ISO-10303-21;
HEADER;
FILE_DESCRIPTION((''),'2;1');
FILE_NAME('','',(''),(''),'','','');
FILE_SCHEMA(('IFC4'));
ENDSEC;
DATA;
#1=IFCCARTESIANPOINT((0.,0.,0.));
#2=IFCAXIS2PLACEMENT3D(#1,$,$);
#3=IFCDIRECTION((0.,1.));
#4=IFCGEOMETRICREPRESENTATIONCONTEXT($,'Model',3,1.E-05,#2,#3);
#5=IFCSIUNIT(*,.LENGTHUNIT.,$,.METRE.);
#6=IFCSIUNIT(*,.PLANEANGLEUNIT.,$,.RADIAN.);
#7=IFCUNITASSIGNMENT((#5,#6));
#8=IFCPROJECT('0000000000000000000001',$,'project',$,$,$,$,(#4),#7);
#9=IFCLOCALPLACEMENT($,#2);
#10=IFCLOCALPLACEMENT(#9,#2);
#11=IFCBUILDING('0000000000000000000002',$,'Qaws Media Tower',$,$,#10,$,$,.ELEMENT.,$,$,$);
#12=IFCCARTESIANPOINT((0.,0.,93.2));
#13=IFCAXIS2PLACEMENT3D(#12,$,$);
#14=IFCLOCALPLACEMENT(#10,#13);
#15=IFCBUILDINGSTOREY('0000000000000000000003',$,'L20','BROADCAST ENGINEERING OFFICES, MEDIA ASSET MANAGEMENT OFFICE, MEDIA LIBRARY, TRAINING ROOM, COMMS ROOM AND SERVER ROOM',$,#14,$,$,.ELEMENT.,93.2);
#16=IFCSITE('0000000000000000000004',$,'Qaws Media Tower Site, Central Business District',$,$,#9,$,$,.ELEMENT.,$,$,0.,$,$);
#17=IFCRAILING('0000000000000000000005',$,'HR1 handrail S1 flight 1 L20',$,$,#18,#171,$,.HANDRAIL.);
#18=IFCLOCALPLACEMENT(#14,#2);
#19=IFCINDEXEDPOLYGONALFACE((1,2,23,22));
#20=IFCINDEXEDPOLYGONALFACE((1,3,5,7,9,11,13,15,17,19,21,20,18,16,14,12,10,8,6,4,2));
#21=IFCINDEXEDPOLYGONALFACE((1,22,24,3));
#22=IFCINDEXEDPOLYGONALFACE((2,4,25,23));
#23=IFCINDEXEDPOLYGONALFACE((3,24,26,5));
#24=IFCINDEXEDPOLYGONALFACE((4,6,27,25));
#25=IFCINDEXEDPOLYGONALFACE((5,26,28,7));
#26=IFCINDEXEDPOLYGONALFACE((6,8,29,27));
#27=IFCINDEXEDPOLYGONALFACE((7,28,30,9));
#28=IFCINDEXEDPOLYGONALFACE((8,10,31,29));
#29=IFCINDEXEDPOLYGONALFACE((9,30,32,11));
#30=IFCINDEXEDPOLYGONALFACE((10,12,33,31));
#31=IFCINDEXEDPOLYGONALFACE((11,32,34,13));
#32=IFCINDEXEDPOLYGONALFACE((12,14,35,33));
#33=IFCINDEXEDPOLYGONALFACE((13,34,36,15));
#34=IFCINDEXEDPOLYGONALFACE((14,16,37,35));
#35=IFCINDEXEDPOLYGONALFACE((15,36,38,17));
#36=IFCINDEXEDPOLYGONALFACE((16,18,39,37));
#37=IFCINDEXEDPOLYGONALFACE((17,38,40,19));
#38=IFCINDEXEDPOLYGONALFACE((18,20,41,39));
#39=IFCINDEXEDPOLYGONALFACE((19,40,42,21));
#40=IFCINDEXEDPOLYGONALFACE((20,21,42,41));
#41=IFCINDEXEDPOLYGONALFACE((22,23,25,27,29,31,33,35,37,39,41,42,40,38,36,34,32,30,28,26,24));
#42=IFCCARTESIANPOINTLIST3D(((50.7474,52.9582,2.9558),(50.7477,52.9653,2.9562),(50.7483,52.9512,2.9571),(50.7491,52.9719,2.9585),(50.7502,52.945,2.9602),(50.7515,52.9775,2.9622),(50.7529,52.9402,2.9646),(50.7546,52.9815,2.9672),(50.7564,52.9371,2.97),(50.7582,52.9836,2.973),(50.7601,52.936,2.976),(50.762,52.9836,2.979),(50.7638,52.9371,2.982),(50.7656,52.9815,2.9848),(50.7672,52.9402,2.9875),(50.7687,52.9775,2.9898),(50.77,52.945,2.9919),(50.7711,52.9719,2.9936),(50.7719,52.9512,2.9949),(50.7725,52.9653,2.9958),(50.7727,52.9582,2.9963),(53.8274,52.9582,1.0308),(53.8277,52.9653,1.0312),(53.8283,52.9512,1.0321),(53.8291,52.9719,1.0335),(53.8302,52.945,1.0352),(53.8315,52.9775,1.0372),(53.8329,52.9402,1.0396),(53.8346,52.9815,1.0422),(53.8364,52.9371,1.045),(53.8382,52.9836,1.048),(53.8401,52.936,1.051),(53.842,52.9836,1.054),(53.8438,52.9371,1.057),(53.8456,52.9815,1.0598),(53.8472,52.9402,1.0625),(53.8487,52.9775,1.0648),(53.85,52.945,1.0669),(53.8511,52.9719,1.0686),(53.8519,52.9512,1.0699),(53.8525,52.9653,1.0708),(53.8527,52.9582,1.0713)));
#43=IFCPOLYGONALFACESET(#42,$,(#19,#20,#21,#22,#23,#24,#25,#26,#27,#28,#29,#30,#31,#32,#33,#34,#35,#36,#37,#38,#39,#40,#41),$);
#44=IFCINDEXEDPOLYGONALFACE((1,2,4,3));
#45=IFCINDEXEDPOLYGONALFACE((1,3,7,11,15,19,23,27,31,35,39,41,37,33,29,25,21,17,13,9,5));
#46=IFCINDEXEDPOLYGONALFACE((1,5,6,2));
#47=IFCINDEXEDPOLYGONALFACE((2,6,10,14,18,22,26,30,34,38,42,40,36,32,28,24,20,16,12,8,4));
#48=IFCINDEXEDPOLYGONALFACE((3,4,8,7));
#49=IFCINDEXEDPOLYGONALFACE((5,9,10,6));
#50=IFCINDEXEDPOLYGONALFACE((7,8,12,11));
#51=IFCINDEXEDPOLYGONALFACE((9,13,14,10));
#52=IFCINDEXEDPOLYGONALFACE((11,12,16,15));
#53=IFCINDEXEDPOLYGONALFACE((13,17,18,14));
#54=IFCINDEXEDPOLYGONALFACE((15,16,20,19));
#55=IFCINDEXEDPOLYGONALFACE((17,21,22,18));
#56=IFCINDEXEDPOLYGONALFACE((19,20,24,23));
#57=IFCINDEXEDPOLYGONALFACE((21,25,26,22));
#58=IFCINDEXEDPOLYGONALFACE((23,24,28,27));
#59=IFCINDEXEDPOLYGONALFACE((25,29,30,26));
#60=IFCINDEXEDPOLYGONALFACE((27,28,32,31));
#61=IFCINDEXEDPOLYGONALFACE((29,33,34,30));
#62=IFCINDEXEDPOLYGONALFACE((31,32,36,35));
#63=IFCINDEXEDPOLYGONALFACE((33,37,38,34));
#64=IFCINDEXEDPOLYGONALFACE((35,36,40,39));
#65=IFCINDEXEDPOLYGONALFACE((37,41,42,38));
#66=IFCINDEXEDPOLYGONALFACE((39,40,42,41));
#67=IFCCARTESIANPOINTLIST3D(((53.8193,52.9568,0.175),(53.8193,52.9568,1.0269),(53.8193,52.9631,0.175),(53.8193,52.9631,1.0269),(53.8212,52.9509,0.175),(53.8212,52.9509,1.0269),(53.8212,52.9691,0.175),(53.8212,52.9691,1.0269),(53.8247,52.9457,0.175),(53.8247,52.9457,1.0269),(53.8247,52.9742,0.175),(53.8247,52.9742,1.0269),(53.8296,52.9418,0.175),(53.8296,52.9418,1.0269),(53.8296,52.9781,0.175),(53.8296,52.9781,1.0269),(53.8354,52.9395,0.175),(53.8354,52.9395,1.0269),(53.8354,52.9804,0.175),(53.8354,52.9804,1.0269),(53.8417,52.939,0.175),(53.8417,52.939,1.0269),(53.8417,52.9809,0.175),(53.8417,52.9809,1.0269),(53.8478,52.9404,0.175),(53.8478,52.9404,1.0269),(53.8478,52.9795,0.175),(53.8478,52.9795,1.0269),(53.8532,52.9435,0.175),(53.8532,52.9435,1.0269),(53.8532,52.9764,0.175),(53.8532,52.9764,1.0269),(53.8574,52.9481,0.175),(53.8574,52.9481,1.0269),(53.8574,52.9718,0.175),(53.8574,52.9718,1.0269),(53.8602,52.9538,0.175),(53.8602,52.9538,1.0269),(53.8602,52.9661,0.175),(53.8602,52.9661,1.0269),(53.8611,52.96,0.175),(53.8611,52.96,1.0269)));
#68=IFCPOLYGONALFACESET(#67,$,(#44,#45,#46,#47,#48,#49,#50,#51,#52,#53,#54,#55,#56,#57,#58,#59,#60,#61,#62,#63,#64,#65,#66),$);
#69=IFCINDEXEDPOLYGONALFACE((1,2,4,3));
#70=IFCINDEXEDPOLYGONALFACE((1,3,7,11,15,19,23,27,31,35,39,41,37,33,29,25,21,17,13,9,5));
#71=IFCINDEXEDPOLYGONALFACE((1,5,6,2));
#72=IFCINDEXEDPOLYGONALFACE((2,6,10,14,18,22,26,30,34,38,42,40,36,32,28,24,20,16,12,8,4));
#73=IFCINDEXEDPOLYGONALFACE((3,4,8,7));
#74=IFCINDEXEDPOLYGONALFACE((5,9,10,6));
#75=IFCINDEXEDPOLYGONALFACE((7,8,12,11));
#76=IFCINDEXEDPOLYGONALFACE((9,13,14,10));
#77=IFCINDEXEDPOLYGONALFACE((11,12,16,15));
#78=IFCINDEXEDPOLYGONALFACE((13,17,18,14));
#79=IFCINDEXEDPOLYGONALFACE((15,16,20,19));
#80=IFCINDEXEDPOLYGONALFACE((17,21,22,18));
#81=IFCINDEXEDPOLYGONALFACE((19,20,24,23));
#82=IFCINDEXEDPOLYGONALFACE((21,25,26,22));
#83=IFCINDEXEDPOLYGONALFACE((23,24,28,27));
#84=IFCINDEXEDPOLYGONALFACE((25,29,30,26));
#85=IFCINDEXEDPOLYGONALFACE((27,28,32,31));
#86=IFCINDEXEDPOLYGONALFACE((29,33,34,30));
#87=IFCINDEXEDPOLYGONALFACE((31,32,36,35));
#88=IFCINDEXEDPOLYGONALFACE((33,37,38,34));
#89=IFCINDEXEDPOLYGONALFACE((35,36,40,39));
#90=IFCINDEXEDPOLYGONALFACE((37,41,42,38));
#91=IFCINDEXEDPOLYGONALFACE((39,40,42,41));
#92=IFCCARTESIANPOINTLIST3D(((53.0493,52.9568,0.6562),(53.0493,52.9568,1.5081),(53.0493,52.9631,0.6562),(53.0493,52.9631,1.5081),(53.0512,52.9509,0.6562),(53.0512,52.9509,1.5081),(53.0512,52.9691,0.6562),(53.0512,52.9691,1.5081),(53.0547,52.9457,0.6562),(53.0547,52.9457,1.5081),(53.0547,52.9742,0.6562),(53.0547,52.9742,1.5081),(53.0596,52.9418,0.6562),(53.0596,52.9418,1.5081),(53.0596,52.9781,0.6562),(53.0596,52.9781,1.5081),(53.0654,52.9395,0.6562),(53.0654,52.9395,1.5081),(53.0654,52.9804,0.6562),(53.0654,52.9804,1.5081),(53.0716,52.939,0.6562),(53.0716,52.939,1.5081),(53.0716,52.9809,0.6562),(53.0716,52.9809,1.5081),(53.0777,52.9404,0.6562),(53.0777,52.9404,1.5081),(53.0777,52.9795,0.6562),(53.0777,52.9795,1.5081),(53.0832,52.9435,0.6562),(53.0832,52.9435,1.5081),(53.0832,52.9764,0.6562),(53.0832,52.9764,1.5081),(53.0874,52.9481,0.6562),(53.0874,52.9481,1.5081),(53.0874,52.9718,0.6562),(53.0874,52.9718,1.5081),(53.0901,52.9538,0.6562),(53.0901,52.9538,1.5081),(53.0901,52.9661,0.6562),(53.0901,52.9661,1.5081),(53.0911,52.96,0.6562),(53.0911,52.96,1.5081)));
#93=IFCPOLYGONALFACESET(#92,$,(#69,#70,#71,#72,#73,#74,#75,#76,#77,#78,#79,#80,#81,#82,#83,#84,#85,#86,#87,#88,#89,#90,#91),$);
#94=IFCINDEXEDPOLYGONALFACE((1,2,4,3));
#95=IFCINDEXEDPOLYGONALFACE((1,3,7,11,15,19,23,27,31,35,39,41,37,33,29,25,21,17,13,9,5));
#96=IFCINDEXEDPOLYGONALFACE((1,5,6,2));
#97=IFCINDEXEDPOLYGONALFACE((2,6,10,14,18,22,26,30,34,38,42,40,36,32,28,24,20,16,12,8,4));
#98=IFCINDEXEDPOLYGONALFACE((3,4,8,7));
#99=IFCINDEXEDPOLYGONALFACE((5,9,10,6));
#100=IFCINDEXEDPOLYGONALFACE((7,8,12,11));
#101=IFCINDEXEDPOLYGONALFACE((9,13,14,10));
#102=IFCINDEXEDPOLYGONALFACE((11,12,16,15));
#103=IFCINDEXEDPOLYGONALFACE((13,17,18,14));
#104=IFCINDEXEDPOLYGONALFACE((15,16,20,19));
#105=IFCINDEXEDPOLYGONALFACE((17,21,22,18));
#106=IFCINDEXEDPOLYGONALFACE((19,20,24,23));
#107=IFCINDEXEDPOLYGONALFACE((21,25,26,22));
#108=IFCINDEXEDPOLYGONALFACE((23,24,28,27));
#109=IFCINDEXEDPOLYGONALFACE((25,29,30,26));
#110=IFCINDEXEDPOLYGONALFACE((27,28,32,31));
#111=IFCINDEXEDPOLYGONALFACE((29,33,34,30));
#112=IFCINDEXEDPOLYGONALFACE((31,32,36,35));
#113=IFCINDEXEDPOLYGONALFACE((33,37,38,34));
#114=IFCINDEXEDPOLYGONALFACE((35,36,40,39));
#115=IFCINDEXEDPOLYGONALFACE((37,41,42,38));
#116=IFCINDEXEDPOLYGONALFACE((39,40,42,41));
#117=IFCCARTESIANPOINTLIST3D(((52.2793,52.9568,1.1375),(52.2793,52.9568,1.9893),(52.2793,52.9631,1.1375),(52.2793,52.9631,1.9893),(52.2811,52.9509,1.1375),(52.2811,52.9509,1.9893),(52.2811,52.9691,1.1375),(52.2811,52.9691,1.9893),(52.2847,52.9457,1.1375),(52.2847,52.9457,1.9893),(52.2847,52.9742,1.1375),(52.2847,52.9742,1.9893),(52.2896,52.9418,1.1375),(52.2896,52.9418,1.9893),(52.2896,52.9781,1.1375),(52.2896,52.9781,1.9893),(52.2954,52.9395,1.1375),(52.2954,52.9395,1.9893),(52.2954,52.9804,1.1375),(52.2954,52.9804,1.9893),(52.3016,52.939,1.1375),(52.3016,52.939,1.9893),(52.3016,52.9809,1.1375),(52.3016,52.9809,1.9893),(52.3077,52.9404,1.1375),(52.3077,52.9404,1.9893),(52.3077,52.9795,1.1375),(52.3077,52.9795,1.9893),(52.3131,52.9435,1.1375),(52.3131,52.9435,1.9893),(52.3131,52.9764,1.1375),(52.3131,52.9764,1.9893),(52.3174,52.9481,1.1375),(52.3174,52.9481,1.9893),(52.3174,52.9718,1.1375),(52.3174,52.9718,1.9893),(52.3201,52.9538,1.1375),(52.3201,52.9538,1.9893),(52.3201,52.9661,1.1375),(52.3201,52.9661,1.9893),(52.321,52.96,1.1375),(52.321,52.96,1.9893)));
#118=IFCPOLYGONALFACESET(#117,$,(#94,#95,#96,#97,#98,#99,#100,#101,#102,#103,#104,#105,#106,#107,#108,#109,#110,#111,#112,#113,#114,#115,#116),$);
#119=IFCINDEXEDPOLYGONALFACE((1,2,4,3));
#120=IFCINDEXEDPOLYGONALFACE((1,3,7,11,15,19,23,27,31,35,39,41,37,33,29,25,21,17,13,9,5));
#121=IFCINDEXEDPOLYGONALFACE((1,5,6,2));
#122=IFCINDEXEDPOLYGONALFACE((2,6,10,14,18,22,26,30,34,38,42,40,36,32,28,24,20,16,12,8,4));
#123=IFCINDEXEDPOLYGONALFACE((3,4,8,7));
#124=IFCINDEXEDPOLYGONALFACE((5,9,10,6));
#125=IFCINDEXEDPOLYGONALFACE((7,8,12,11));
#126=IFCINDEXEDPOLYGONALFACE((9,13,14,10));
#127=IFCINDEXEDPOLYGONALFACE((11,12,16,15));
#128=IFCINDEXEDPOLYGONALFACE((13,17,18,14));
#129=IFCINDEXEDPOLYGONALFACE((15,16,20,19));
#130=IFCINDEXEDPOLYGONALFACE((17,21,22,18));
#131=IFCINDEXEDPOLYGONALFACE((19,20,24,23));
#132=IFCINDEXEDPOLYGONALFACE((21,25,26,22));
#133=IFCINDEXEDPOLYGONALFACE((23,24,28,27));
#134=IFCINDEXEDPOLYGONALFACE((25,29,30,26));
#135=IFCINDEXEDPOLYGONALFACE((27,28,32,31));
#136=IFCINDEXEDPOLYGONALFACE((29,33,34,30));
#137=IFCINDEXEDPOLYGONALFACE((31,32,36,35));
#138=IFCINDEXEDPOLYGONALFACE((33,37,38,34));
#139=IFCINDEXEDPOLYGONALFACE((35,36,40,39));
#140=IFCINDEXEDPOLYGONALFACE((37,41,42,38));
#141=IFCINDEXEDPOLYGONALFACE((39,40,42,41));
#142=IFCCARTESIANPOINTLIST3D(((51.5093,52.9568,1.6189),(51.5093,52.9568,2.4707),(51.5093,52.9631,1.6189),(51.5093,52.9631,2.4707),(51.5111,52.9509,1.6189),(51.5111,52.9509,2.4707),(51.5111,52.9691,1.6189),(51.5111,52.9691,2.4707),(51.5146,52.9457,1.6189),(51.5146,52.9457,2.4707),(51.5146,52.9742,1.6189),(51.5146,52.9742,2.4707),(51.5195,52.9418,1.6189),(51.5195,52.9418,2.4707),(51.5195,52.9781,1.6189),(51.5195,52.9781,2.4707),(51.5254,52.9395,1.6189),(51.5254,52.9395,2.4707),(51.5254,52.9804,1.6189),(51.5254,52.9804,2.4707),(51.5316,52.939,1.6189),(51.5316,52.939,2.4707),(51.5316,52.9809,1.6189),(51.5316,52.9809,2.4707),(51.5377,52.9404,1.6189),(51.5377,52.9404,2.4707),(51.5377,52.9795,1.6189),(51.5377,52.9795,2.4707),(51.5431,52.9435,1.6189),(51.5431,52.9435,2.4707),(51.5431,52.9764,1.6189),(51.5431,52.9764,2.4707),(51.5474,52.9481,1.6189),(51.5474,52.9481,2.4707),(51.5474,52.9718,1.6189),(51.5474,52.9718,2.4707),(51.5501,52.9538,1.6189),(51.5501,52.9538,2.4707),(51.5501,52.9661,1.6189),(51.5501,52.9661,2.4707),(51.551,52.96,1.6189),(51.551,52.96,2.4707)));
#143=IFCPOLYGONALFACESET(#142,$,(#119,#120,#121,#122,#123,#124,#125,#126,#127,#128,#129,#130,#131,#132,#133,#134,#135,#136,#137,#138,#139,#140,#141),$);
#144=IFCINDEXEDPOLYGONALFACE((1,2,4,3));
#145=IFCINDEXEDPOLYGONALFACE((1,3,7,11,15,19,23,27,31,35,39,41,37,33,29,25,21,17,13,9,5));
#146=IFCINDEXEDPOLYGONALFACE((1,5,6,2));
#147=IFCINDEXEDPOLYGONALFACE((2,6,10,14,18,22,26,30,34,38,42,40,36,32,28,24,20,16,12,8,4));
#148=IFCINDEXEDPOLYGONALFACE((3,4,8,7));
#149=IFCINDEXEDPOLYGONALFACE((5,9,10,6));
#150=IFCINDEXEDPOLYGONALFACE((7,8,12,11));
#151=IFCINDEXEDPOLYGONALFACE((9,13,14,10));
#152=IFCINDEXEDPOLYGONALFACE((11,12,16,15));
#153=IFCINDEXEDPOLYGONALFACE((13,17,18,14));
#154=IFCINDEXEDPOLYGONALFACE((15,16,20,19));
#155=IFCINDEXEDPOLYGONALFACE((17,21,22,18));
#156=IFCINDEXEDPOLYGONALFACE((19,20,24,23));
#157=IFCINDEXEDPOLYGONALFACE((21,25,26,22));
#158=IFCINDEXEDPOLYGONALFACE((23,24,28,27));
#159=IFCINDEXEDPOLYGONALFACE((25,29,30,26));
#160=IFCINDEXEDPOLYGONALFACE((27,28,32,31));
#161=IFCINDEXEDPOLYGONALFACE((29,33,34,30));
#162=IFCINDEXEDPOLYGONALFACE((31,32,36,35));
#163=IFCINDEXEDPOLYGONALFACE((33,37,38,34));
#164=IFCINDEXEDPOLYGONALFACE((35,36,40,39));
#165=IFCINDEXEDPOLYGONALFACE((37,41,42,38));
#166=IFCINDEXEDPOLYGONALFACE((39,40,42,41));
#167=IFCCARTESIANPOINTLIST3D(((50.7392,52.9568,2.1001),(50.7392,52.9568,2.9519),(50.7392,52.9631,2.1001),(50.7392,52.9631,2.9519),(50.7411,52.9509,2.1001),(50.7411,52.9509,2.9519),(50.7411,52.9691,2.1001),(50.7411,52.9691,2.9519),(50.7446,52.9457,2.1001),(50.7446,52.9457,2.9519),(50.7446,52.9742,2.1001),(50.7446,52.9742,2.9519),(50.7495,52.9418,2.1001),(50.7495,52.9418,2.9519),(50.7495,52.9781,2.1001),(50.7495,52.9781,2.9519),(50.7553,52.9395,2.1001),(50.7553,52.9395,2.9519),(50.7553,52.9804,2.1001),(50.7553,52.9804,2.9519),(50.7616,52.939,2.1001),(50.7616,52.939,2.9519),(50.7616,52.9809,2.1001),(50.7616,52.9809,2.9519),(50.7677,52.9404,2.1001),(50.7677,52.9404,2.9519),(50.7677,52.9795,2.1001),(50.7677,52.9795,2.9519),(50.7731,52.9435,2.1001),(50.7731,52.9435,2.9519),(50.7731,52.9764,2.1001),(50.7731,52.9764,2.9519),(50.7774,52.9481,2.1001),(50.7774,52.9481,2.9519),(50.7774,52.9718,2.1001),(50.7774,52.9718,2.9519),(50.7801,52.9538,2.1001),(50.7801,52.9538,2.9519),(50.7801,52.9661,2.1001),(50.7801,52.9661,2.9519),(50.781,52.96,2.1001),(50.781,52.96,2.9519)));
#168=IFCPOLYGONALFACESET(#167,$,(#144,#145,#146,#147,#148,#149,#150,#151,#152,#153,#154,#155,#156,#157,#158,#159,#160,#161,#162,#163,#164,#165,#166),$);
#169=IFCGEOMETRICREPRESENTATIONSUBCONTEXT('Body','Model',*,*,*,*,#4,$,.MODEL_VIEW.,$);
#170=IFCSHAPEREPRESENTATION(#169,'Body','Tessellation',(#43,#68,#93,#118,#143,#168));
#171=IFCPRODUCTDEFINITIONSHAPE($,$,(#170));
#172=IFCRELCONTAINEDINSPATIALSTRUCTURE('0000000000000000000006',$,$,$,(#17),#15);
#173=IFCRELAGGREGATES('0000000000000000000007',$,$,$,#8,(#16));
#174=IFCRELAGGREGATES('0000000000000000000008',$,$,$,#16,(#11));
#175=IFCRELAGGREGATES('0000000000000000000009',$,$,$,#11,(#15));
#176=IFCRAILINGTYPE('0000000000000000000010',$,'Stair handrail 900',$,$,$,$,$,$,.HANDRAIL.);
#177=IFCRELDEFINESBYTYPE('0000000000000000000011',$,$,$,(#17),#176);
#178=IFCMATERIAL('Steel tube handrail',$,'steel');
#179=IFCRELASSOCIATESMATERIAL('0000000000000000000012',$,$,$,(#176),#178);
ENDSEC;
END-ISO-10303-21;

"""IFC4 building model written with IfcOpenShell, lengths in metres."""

from ifc_helpers import new_model, si_unit, direction, frame, origin, origin_2d, place, context, subcontext, project, spatial, circle, extrude, material, type_object, element, save


model = new_model("IFC4")

# Units and contexts
model_context = context("Model", 3, precision=1e-05, world=origin(), true_north=direction((0.0, 1.0)))
body_context = subcontext(model_context, "Body", "Model", "MODEL_VIEW")
ifc_project = project(units=[si_unit("LENGTHUNIT", "METRE"), si_unit("PLANEANGLEUNIT", "RADIAN")], contexts=[model_context])

# Site, building, storey
site_placement = place(None, origin())
site = spatial("IfcSite", under=ifc_project, at=site_placement, Name="Qaws Media Tower Site, Central Business District", CompositionType="ELEMENT", RefElevation=0.0)
building_placement = place(site_placement, origin())
building = spatial("IfcBuilding", under=site, at=building_placement, Name="Qaws Media Tower", CompositionType="ELEMENT")
storey_placement = place(building_placement, frame((0.0, 0.0, 93.2)))
storey = spatial("IfcBuildingStorey", under=building, at=storey_placement, Name="L20", Description="BROADCAST ENGINEERING OFFICES, MEDIA ASSET MANAGEMENT OFFICE, MEDIA LIBRARY, TRAINING ROOM, COMMS ROOM AND SERVER ROOM", CompositionType="ELEMENT", Elevation=93.2)

# Railing
ifc_material_1 = material(Name="Steel tube handrail", Category="steel")
railing_type = type_object("IfcRailingType", Name="Stair handrail 900", PredefinedType="HANDRAIL", material=ifc_material_1)
railing_placement = place(storey_placement, frame((53.8401, 52.96, 0.175)))
element("IfcRailing", 1, at=railing_placement, inside=storey, type_object=railing_type, Name="HR1 handrail S1 flight 1 L20", PredefinedType="HANDRAIL", context=body_context, shape_type="SweptSolid", body=[
    extrude(circle(Radius=0.0239, at=origin_2d()), frame((0.0, 0.0, 0.876), z_axis=(-0.847998, 0.0, 0.529999), x_axis=(0.0, -1.0, 0.0)), (0.0, 0.0, 1.0), 3.6321),
    extrude(circle(Radius=0.021, at=origin_2d()), origin(), (0.0, 0.0, 1.0), 0.8518),
    extrude(circle(Radius=0.021, at=origin_2d()), frame((-0.77, 0.0, 0.4812)), (0.0, 0.0, 1.0), 0.8518),
    extrude(circle(Radius=0.021, at=origin_2d()), frame((-1.54, 0.0, 0.9624)), (0.0, 0.0, 1.0), 0.8518),
    extrude(circle(Radius=0.021, at=origin_2d()), frame((-2.3101, 0.0, 1.4438)), (0.0, 0.0, 1.0), 0.8518),
    extrude(circle(Radius=0.021, at=origin_2d()), frame((-3.0801, 0.0, 1.925)), (0.0, 0.0, 1.0), 0.8518),
])

save(model, "model.ifc")
